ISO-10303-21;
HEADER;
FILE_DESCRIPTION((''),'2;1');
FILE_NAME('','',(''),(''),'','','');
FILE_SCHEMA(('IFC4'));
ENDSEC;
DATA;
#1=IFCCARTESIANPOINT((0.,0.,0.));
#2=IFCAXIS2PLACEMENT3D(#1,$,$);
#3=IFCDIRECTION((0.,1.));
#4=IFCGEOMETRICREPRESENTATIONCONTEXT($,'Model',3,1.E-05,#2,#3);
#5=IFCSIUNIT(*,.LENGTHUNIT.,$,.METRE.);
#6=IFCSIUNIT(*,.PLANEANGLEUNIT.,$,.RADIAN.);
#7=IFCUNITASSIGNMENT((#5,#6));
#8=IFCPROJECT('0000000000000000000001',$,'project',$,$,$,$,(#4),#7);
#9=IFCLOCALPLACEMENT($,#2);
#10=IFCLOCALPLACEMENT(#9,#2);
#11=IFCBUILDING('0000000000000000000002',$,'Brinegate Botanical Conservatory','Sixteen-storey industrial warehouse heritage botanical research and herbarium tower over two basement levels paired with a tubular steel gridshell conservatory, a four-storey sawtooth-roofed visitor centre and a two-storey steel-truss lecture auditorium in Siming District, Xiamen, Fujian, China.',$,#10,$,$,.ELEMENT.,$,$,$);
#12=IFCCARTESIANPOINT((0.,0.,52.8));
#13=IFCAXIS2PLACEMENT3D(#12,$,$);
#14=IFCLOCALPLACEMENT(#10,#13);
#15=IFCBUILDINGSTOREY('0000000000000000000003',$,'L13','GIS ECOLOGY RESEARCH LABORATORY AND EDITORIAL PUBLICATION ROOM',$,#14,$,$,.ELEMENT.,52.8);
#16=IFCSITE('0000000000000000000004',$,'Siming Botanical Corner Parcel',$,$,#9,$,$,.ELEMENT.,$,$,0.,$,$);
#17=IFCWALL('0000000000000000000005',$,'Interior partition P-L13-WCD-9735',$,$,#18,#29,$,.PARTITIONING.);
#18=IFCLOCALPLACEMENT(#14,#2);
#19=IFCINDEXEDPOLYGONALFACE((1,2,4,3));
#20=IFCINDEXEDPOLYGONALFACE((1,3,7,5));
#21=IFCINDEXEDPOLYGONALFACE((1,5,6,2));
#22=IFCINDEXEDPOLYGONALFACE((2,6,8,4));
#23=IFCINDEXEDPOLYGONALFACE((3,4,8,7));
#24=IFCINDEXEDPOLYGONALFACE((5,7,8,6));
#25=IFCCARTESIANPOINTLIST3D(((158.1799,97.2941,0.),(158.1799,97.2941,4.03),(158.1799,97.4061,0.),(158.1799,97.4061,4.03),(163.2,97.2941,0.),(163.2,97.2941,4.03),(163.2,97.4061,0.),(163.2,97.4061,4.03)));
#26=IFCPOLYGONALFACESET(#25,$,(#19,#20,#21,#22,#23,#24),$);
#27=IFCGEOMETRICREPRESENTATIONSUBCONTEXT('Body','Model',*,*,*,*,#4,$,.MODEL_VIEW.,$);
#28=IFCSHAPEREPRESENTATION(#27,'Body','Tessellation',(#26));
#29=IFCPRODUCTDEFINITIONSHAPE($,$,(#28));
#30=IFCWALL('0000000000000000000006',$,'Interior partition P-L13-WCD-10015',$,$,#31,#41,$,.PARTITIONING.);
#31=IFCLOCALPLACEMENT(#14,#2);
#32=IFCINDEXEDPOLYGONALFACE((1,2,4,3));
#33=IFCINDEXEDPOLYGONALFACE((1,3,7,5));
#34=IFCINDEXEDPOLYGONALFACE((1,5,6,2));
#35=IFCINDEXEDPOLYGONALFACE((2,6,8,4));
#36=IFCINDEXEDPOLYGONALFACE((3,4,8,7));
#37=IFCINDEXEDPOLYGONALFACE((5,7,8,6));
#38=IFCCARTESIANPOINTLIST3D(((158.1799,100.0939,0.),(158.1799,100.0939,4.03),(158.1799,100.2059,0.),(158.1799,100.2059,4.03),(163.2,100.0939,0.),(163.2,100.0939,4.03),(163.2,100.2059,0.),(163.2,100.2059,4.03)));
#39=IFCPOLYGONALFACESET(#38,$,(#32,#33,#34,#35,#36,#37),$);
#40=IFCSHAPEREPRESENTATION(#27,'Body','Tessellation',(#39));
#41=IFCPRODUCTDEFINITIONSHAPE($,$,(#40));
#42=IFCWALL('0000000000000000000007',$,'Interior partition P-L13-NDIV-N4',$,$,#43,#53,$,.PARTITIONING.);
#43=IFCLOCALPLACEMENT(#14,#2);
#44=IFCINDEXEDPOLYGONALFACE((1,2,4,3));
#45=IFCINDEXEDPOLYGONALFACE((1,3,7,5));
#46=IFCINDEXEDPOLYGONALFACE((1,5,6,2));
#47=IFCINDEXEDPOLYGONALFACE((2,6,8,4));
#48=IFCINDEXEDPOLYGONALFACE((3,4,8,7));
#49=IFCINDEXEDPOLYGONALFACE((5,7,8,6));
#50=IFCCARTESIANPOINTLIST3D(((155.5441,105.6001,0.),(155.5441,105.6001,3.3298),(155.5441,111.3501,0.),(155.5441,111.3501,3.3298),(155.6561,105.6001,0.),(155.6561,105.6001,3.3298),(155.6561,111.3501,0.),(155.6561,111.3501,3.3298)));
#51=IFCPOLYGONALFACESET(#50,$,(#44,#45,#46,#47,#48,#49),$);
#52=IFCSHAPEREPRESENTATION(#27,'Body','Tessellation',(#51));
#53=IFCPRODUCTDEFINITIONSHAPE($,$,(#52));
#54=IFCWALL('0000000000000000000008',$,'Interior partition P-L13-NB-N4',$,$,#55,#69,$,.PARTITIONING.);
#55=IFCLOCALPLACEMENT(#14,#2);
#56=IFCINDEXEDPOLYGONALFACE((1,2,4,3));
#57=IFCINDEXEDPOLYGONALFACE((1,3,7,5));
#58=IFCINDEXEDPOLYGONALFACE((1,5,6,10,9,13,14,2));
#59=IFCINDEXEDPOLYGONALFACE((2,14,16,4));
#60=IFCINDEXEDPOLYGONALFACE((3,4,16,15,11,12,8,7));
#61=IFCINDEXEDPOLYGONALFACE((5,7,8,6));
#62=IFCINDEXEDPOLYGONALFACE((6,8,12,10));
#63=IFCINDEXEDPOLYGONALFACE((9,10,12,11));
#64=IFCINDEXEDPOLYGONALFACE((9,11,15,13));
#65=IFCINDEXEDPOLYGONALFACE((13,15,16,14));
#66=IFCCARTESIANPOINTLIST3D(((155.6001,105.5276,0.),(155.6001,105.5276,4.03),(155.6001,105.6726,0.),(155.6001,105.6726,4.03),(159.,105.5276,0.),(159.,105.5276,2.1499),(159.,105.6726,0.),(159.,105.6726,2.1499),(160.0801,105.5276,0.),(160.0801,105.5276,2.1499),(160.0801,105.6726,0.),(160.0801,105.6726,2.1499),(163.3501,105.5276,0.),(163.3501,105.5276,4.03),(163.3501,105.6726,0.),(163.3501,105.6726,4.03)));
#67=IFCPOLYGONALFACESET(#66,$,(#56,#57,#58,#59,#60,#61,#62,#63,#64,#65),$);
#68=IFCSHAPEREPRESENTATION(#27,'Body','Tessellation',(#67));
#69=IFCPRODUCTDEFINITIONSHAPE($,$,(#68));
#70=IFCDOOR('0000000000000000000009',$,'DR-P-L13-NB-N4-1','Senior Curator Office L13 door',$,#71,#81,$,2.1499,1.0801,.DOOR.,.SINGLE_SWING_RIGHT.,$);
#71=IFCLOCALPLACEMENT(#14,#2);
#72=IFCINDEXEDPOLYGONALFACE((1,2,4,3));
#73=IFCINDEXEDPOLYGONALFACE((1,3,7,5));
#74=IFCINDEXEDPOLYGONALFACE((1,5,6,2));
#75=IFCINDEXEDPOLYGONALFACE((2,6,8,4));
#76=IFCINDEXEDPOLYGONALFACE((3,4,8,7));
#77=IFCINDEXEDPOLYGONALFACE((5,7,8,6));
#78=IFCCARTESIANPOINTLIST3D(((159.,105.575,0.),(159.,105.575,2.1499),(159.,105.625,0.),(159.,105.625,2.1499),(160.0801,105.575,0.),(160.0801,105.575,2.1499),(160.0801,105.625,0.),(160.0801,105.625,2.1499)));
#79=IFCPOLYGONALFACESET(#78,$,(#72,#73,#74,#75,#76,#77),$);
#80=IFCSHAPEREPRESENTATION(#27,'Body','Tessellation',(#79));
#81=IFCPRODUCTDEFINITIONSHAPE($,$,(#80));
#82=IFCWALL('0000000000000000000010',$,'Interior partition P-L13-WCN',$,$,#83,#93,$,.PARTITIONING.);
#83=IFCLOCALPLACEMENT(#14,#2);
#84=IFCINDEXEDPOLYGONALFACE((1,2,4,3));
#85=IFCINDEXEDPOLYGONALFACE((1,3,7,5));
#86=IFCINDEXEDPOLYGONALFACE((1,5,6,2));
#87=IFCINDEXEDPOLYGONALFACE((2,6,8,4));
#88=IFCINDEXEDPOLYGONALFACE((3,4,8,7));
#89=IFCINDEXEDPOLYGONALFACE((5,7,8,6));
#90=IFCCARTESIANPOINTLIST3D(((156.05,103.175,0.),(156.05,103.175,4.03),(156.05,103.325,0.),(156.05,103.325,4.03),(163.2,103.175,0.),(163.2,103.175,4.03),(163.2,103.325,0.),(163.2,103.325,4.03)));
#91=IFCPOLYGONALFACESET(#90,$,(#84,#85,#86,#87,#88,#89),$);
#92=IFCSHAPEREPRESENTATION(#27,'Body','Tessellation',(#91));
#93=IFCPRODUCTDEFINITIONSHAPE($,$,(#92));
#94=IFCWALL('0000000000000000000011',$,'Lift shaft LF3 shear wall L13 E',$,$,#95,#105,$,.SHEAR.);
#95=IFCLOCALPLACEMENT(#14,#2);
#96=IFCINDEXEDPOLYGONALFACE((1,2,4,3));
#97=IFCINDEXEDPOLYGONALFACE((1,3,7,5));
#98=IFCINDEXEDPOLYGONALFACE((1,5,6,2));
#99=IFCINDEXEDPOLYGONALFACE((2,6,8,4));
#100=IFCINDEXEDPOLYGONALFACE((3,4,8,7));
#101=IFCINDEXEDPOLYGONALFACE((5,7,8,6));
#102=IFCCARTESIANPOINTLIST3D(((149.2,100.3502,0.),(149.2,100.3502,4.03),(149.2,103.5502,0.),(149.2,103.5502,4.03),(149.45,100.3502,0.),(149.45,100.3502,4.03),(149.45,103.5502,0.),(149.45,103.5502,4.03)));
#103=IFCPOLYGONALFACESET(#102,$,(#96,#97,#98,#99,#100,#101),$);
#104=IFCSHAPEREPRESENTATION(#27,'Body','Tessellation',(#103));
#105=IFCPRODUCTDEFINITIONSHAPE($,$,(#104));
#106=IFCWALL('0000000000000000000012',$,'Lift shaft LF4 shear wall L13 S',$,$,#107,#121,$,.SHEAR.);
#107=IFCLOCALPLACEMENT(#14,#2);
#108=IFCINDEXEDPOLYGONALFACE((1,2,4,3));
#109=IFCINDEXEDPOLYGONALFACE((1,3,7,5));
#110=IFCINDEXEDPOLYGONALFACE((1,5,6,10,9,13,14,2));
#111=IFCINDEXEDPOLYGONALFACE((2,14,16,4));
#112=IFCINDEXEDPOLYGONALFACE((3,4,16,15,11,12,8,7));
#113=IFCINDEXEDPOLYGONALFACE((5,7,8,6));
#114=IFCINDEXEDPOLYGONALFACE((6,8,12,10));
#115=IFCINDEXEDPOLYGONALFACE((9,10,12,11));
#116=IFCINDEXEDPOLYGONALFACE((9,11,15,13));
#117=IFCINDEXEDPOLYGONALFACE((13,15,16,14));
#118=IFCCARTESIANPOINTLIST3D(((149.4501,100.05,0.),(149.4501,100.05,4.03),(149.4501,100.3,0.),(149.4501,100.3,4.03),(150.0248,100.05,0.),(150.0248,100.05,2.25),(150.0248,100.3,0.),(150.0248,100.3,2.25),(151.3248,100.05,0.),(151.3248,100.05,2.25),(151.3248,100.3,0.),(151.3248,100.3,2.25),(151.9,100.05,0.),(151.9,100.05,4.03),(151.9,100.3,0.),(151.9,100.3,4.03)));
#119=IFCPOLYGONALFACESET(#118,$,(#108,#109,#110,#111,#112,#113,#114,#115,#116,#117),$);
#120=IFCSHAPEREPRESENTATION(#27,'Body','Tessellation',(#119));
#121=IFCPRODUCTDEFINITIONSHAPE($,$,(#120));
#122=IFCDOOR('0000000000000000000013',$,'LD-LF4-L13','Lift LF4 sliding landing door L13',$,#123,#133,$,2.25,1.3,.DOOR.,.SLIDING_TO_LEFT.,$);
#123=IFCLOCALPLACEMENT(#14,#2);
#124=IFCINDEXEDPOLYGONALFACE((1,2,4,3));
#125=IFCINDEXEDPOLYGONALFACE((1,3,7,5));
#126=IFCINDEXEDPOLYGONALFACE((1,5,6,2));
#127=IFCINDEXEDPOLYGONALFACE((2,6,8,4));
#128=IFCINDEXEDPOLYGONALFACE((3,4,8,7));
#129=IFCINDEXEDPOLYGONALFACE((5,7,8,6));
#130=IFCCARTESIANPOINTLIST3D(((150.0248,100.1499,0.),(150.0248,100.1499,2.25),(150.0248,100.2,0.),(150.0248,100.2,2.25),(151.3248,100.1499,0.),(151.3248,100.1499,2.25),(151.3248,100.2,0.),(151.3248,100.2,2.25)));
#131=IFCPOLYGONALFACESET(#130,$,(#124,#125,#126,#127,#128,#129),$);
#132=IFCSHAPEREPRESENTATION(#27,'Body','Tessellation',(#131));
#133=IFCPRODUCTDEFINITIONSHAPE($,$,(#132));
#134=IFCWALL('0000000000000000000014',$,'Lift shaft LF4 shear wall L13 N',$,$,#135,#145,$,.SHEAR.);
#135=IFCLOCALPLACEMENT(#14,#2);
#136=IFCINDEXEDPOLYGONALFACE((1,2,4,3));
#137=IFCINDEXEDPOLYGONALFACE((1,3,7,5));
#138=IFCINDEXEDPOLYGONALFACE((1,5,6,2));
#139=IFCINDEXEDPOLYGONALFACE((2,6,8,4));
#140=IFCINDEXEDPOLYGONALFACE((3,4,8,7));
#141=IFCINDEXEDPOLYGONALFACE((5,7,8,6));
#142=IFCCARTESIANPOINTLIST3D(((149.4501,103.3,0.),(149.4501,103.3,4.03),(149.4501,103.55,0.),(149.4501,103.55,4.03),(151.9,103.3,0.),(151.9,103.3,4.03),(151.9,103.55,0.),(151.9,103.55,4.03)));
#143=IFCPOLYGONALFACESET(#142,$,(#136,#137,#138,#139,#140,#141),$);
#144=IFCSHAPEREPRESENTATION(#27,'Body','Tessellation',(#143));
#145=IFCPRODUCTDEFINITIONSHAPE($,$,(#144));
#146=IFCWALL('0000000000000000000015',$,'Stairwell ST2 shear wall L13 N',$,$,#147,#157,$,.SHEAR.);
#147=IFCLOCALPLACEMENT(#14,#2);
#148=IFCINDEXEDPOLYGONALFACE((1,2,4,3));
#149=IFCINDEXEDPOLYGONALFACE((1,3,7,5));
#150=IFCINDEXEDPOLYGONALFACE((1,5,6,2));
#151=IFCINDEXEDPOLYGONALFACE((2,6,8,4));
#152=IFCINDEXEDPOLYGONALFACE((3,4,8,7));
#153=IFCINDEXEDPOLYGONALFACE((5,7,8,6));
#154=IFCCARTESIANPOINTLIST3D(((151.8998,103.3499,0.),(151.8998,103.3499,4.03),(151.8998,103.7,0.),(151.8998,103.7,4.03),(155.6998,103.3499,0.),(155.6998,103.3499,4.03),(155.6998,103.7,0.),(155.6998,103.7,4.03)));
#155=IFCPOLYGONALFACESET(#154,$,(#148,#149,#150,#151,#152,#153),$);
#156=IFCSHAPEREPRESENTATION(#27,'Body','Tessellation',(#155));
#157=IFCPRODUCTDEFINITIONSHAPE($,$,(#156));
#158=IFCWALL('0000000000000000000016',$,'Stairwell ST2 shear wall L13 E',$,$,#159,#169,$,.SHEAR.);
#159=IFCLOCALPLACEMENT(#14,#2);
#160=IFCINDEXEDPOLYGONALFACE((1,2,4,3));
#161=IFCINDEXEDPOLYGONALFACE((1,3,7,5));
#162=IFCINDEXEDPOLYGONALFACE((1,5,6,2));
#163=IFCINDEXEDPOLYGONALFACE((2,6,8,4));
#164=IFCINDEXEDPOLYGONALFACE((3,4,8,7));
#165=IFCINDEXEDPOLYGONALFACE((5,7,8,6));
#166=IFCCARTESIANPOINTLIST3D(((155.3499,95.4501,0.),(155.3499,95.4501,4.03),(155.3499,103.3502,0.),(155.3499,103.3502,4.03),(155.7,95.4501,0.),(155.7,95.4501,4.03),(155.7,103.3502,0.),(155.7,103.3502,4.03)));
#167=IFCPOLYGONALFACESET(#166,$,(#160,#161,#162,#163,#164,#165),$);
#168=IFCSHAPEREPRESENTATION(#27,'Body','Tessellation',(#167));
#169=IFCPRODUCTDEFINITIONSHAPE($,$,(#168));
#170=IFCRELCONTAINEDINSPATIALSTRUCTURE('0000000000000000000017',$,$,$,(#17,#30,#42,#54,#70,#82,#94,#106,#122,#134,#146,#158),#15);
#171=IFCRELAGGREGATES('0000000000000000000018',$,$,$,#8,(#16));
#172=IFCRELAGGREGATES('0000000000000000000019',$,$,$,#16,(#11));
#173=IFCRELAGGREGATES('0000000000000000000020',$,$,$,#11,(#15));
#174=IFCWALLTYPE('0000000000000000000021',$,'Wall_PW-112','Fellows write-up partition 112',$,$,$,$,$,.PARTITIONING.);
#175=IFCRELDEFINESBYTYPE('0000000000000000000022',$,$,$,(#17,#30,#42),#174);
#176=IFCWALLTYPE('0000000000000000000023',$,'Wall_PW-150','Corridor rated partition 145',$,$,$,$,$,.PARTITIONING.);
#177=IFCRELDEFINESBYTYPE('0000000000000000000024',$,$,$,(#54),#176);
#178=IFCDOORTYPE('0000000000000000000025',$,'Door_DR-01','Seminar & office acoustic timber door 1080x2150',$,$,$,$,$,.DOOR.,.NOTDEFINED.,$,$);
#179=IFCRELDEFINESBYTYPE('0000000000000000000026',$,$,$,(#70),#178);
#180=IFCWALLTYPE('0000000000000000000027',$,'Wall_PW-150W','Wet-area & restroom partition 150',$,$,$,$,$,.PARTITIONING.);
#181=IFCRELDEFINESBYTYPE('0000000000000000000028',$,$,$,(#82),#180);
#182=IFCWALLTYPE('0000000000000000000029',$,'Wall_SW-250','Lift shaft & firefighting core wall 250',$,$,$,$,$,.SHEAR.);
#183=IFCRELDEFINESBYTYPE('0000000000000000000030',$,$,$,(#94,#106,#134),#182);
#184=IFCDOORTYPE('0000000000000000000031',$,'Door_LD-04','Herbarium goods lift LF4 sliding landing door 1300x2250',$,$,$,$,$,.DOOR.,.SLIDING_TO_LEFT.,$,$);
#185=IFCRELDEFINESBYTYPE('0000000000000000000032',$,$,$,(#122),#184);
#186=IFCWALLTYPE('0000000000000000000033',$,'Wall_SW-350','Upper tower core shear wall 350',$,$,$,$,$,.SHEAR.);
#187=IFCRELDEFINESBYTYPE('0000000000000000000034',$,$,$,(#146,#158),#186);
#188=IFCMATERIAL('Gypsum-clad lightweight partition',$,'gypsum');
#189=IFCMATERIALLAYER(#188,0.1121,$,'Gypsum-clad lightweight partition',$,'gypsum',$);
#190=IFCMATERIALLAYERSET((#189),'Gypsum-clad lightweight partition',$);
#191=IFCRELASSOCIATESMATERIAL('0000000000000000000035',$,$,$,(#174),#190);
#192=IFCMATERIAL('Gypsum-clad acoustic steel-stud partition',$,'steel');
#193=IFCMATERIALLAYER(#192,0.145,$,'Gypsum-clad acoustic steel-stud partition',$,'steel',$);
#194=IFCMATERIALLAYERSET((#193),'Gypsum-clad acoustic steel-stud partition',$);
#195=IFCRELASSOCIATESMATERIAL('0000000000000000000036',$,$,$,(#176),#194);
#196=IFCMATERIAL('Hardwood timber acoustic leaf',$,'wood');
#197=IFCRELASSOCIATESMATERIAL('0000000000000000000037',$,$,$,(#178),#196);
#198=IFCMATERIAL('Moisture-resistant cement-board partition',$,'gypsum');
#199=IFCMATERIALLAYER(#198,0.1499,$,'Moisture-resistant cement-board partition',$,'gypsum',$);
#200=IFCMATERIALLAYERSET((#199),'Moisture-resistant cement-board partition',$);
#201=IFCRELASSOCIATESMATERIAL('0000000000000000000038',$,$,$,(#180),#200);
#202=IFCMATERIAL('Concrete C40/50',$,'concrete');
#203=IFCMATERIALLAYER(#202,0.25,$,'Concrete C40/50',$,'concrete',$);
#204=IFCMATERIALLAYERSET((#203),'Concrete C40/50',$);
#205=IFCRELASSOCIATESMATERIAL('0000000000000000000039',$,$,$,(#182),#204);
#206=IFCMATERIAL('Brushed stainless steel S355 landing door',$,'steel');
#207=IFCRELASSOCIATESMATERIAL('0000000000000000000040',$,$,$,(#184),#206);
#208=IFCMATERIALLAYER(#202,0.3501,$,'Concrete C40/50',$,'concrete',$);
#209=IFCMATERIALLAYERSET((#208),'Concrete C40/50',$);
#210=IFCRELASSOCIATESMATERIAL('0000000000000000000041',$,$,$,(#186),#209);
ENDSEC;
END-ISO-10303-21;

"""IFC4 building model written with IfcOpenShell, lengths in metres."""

from ifc_helpers import new_model, si_unit, direction, frame, frame_2d, origin, place, context, subcontext, project, spatial, rectangle, extrude, material, layer, layer_set, type_object, element, fill, save


model = new_model("IFC4")

# Units and contexts
model_context = context("Model", 3, precision=1e-05, world=origin(), true_north=direction((0.0, 1.0)))
body_context = subcontext(model_context, "Body", "Model", "MODEL_VIEW")
ifc_project = project(units=[si_unit("LENGTHUNIT", "METRE"), si_unit("PLANEANGLEUNIT", "RADIAN")], contexts=[model_context])

# Site, building, storey
site_placement = place(None, origin())
site = spatial("IfcSite", under=ifc_project, at=site_placement, Name="Siming Botanical Corner Parcel", CompositionType="ELEMENT", RefElevation=0.0)
building_placement = place(site_placement, origin())
building = spatial("IfcBuilding", under=site, at=building_placement, Name="Brinegate Botanical Conservatory", Description="Sixteen-storey industrial warehouse heritage botanical research and herbarium tower over two basement levels paired with a tubular steel gridshell conservatory, a four-storey sawtooth-roofed visitor centre and a two-storey steel-truss lecture auditorium in Siming District, Xiamen, Fujian, China.", CompositionType="ELEMENT")
storey_placement = place(building_placement, frame((0.0, 0.0, 52.8)))
storey = spatial("IfcBuildingStorey", under=building, at=storey_placement, Name="L13", Description="GIS ECOLOGY RESEARCH LABORATORY AND EDITORIAL PUBLICATION ROOM", CompositionType="ELEMENT", Elevation=52.8)

# Shared definitions
ifc_material_1 = material(Name="Concrete C40/50", Category="concrete")

# Walls
ifc_material_2 = material(Name="Gypsum-clad lightweight partition", Category="gypsum")
ifc_layer_1 = layer(ifc_material_2, 0.1121, Name="Gypsum-clad lightweight partition", Category="gypsum")
ifc_layer_set_1 = layer_set([ifc_layer_1], Name="Gypsum-clad lightweight partition")
wall_type_1 = type_object("IfcWallType", Name="Wall_PW-112", Description="Fellows write-up partition 112", PredefinedType="PARTITIONING", material=ifc_layer_set_1)
for number, where, z_axis, x_axis, name in (
    (1, (158.1799, 97.3501, 0.0), (0.0, 0.0, 1.0), (1.0, 0.0, 0.0), "Interior partition P-L13-WCD-9735"),
    (2, (158.1799, 100.1499, 0.0), (0.0, 0.0, 1.0), (1.0, 0.0, 0.0), "Interior partition P-L13-WCD-10015"),
):
    element("IfcWall", number, at=place(storey_placement, frame(where, z_axis=z_axis, x_axis=x_axis)), inside=storey, type_object=wall_type_1, Name=name, PredefinedType="PARTITIONING", context=body_context, shape_type="SweptSolid", body=[
        extrude(rectangle(XDim=5.02, YDim=0.1121, at=frame_2d((2.51, 0.0))), origin(), (0.0, 0.0, 1.0), 4.03),
    ])
wall_1_placement = place(storey_placement, frame((155.6001, 105.6001, 0.0), z_axis=(0.0, 0.0, 1.0), x_axis=(0.0, 1.0, 0.0)))
element("IfcWall", 3, at=wall_1_placement, inside=storey, type_object=wall_type_1, Name="Interior partition P-L13-NDIV-N4", PredefinedType="PARTITIONING", context=body_context, shape_type="SweptSolid", body=[
    extrude(rectangle(XDim=5.75, YDim=0.1121, at=frame_2d((2.875, 0.0))), origin(), (0.0, 0.0, 1.0), 3.3298),
])

# Wall, opening, door
ifc_material_3 = material(Name="Gypsum-clad acoustic steel-stud partition", Category="steel")
ifc_layer_2 = layer(ifc_material_3, 0.145, Name="Gypsum-clad acoustic steel-stud partition", Category="steel")
ifc_layer_set_2 = layer_set([ifc_layer_2], Name="Gypsum-clad acoustic steel-stud partition")
wall_type_2 = type_object("IfcWallType", Name="Wall_PW-150", Description="Corridor rated partition 145", PredefinedType="PARTITIONING", material=ifc_layer_set_2)
wall_2_placement = place(storey_placement, frame((155.6001, 105.6001, 0.0), z_axis=(0.0, 0.0, 1.0), x_axis=(1.0, 0.0, 0.0)))
wall_2 = element("IfcWall", 4, at=wall_2_placement, inside=storey, type_object=wall_type_2, Name="Interior partition P-L13-NB-N4", PredefinedType="PARTITIONING", context=body_context, shape_type="SweptSolid", body=[
    extrude(rectangle(XDim=7.75, YDim=0.145, at=frame_2d((3.875, 0.0))), origin(), (0.0, 0.0, 1.0), 4.03),
])
opening_1_placement = place(wall_2_placement, frame((3.3999, 0.0, 0.0)))
opening_1 = element("IfcOpeningElement", 5, at=opening_1_placement, cuts=wall_2, PredefinedType="OPENING", context=body_context, shape_type="SweptSolid", body=[
    extrude(rectangle(XDim=1.0801, YDim=2.1499, at=frame_2d((0.54, 1.075))), frame((0.0, 0.0825, 0.0), z_axis=(0.0, -1.0, 0.0), x_axis=(1.0, 0.0, 0.0)), (0.0, 0.0, 1.0), 0.165),
])
ifc_material_4 = material(Name="Hardwood timber acoustic leaf", Category="wood")
door_type_1 = type_object("IfcDoorType", Name="Door_DR-01", Description="Seminar & office acoustic timber door 1080x2150", OperationType="NOTDEFINED", PredefinedType="DOOR", material=ifc_material_4)
door_1_placement = place(opening_1_placement, origin())
door_1 = element("IfcDoor", 6, at=door_1_placement, inside=storey, type_object=door_type_1, Name="DR-P-L13-NB-N4-1", Description="Senior Curator Office L13 door", OperationType="SINGLE_SWING_RIGHT", OverallHeight=2.1499, OverallWidth=1.0801, PredefinedType="DOOR", context=body_context, shape_type="SweptSolid", body=[
    extrude(rectangle(XDim=1.0801, YDim=2.1499, at=frame_2d((0.54, 1.075))), frame((0.0, 0.0249, 0.0), z_axis=(0.0, -1.0, 0.0), x_axis=(1.0, 0.0, 0.0)), (0.0, 0.0, 1.0), 0.05),
])
fill(opening_1, door_1)

# Walls
ifc_material_5 = material(Name="Moisture-resistant cement-board partition", Category="gypsum")
ifc_layer_3 = layer(ifc_material_5, 0.1499, Name="Moisture-resistant cement-board partition", Category="gypsum")
ifc_layer_set_3 = layer_set([ifc_layer_3], Name="Moisture-resistant cement-board partition")
wall_type_3 = type_object("IfcWallType", Name="Wall_PW-150W", Description="Wet-area & restroom partition 150", PredefinedType="PARTITIONING", material=ifc_layer_set_3)
wall_3_placement = place(storey_placement, frame((156.05, 103.25, 0.0), z_axis=(0.0, 0.0, 1.0), x_axis=(1.0, 0.0, 0.0)))
element("IfcWall", 7, at=wall_3_placement, inside=storey, type_object=wall_type_3, Name="Interior partition P-L13-WCN", PredefinedType="PARTITIONING", context=body_context, shape_type="SweptSolid", body=[
    extrude(rectangle(XDim=7.1499, YDim=0.1499, at=frame_2d((3.575, 0.0))), origin(), (0.0, 0.0, 1.0), 4.03),
])
ifc_layer_4 = layer(ifc_material_1, 0.25, Name="Concrete C40/50", Category="concrete")
ifc_layer_set_4 = layer_set([ifc_layer_4], Name="Concrete C40/50")
wall_type_4 = type_object("IfcWallType", Name="Wall_SW-250", Description="Lift shaft & firefighting core wall 250", PredefinedType="SHEAR", material=ifc_layer_set_4)
wall_4_placement = place(storey_placement, frame((149.325, 100.3501, 0.0), z_axis=(0.0, 0.0, 1.0), x_axis=(0.0, 1.0, 0.0)))
element("IfcWall", 8, at=wall_4_placement, inside=storey, type_object=wall_type_4, Name="Lift shaft LF3 shear wall L13 E", PredefinedType="SHEAR", context=body_context, shape_type="SweptSolid", body=[
    extrude(rectangle(XDim=3.2, YDim=0.25, at=frame_2d((1.6001, 0.0))), origin(), (0.0, 0.0, 1.0), 4.03),
])

# Wall, opening, door
wall_5_placement = place(storey_placement, frame((149.45, 100.175, 0.0), z_axis=(0.0, 0.0, 1.0), x_axis=(1.0, 0.0, 0.0)))
wall_5 = element("IfcWall", 9, at=wall_5_placement, inside=storey, type_object=wall_type_4, Name="Lift shaft LF4 shear wall L13 S", PredefinedType="SHEAR", context=body_context, shape_type="SweptSolid", body=[
    extrude(rectangle(XDim=2.45, YDim=0.25, at=frame_2d((1.2251, 0.0))), origin(), (0.0, 0.0, 1.0), 4.03),
])
opening_2_placement = place(wall_5_placement, frame((0.575, 0.0, 0.0)))
opening_2 = element("IfcOpeningElement", 10, at=opening_2_placement, cuts=wall_5, PredefinedType="OPENING", context=body_context, shape_type="SweptSolid", body=[
    extrude(rectangle(XDim=1.3, YDim=2.25, at=frame_2d((0.6499, 1.125))), frame((0.0, 0.135, 0.0), z_axis=(0.0, -1.0, 0.0), x_axis=(1.0, 0.0, 0.0)), (0.0, 0.0, 1.0), 0.27),
])
ifc_material_6 = material(Name="Brushed stainless steel S355 landing door", Category="steel")
door_type_2 = type_object("IfcDoorType", Name="Door_LD-04", Description="Herbarium goods lift LF4 sliding landing door 1300x2250", OperationType="SLIDING_TO_LEFT", PredefinedType="DOOR", material=ifc_material_6)
door_2_placement = place(opening_2_placement, origin())
door_2 = element("IfcDoor", 11, at=door_2_placement, inside=storey, type_object=door_type_2, Name="LD-LF4-L13", Description="Lift LF4 sliding landing door L13", OperationType="SLIDING_TO_LEFT", OverallHeight=2.25, OverallWidth=1.3, PredefinedType="DOOR", context=body_context, shape_type="SweptSolid", body=[
    extrude(rectangle(XDim=1.3, YDim=2.25, at=frame_2d((0.6499, 1.125))), frame((0.0, 0.0249, 0.0), z_axis=(0.0, -1.0, 0.0), x_axis=(1.0, 0.0, 0.0)), (0.0, 0.0, 1.0), 0.05),
])
fill(opening_2, door_2)

# Walls
wall_6_placement = place(storey_placement, frame((149.45, 103.425, 0.0), z_axis=(0.0, 0.0, 1.0), x_axis=(1.0, 0.0, 0.0)))
element("IfcWall", 12, at=wall_6_placement, inside=storey, type_object=wall_type_4, Name="Lift shaft LF4 shear wall L13 N", PredefinedType="SHEAR", context=body_context, shape_type="SweptSolid", body=[
    extrude(rectangle(XDim=2.45, YDim=0.25, at=frame_2d((1.2251, 0.0))), origin(), (0.0, 0.0, 1.0), 4.03),
])
ifc_layer_5 = layer(ifc_material_1, 0.3501, Name="Concrete C40/50", Category="concrete")
ifc_layer_set_5 = layer_set([ifc_layer_5], Name="Concrete C40/50")
wall_type_5 = type_object("IfcWallType", Name="Wall_SW-350", Description="Upper tower core shear wall 350", PredefinedType="SHEAR", material=ifc_layer_set_5)
wall_7_placement = place(storey_placement, frame((151.8999, 103.5249, 0.0), z_axis=(0.0, 0.0, 1.0), x_axis=(1.0, 0.0, 0.0)))
element("IfcWall", 13, at=wall_7_placement, inside=storey, type_object=wall_type_5, Name="Stairwell ST2 shear wall L13 N", PredefinedType="SHEAR", context=body_context, shape_type="SweptSolid", body=[
    extrude(rectangle(XDim=3.8, YDim=0.3501, at=frame_2d((1.8999, 0.0))), origin(), (0.0, 0.0, 1.0), 4.03),
])
wall_8_placement = place(storey_placement, frame((155.5249, 95.45, 0.0), z_axis=(0.0, 0.0, 1.0), x_axis=(0.0, 1.0, 0.0)))
element("IfcWall", 14, at=wall_8_placement, inside=storey, type_object=wall_type_5, Name="Stairwell ST2 shear wall L13 E", PredefinedType="SHEAR", context=body_context, shape_type="SweptSolid", body=[
    extrude(rectangle(XDim=7.9001, YDim=0.3501, at=frame_2d((3.9502, 0.0))), origin(), (0.0, 0.0, 1.0), 4.03),
])

save(model, "model.ifc")
